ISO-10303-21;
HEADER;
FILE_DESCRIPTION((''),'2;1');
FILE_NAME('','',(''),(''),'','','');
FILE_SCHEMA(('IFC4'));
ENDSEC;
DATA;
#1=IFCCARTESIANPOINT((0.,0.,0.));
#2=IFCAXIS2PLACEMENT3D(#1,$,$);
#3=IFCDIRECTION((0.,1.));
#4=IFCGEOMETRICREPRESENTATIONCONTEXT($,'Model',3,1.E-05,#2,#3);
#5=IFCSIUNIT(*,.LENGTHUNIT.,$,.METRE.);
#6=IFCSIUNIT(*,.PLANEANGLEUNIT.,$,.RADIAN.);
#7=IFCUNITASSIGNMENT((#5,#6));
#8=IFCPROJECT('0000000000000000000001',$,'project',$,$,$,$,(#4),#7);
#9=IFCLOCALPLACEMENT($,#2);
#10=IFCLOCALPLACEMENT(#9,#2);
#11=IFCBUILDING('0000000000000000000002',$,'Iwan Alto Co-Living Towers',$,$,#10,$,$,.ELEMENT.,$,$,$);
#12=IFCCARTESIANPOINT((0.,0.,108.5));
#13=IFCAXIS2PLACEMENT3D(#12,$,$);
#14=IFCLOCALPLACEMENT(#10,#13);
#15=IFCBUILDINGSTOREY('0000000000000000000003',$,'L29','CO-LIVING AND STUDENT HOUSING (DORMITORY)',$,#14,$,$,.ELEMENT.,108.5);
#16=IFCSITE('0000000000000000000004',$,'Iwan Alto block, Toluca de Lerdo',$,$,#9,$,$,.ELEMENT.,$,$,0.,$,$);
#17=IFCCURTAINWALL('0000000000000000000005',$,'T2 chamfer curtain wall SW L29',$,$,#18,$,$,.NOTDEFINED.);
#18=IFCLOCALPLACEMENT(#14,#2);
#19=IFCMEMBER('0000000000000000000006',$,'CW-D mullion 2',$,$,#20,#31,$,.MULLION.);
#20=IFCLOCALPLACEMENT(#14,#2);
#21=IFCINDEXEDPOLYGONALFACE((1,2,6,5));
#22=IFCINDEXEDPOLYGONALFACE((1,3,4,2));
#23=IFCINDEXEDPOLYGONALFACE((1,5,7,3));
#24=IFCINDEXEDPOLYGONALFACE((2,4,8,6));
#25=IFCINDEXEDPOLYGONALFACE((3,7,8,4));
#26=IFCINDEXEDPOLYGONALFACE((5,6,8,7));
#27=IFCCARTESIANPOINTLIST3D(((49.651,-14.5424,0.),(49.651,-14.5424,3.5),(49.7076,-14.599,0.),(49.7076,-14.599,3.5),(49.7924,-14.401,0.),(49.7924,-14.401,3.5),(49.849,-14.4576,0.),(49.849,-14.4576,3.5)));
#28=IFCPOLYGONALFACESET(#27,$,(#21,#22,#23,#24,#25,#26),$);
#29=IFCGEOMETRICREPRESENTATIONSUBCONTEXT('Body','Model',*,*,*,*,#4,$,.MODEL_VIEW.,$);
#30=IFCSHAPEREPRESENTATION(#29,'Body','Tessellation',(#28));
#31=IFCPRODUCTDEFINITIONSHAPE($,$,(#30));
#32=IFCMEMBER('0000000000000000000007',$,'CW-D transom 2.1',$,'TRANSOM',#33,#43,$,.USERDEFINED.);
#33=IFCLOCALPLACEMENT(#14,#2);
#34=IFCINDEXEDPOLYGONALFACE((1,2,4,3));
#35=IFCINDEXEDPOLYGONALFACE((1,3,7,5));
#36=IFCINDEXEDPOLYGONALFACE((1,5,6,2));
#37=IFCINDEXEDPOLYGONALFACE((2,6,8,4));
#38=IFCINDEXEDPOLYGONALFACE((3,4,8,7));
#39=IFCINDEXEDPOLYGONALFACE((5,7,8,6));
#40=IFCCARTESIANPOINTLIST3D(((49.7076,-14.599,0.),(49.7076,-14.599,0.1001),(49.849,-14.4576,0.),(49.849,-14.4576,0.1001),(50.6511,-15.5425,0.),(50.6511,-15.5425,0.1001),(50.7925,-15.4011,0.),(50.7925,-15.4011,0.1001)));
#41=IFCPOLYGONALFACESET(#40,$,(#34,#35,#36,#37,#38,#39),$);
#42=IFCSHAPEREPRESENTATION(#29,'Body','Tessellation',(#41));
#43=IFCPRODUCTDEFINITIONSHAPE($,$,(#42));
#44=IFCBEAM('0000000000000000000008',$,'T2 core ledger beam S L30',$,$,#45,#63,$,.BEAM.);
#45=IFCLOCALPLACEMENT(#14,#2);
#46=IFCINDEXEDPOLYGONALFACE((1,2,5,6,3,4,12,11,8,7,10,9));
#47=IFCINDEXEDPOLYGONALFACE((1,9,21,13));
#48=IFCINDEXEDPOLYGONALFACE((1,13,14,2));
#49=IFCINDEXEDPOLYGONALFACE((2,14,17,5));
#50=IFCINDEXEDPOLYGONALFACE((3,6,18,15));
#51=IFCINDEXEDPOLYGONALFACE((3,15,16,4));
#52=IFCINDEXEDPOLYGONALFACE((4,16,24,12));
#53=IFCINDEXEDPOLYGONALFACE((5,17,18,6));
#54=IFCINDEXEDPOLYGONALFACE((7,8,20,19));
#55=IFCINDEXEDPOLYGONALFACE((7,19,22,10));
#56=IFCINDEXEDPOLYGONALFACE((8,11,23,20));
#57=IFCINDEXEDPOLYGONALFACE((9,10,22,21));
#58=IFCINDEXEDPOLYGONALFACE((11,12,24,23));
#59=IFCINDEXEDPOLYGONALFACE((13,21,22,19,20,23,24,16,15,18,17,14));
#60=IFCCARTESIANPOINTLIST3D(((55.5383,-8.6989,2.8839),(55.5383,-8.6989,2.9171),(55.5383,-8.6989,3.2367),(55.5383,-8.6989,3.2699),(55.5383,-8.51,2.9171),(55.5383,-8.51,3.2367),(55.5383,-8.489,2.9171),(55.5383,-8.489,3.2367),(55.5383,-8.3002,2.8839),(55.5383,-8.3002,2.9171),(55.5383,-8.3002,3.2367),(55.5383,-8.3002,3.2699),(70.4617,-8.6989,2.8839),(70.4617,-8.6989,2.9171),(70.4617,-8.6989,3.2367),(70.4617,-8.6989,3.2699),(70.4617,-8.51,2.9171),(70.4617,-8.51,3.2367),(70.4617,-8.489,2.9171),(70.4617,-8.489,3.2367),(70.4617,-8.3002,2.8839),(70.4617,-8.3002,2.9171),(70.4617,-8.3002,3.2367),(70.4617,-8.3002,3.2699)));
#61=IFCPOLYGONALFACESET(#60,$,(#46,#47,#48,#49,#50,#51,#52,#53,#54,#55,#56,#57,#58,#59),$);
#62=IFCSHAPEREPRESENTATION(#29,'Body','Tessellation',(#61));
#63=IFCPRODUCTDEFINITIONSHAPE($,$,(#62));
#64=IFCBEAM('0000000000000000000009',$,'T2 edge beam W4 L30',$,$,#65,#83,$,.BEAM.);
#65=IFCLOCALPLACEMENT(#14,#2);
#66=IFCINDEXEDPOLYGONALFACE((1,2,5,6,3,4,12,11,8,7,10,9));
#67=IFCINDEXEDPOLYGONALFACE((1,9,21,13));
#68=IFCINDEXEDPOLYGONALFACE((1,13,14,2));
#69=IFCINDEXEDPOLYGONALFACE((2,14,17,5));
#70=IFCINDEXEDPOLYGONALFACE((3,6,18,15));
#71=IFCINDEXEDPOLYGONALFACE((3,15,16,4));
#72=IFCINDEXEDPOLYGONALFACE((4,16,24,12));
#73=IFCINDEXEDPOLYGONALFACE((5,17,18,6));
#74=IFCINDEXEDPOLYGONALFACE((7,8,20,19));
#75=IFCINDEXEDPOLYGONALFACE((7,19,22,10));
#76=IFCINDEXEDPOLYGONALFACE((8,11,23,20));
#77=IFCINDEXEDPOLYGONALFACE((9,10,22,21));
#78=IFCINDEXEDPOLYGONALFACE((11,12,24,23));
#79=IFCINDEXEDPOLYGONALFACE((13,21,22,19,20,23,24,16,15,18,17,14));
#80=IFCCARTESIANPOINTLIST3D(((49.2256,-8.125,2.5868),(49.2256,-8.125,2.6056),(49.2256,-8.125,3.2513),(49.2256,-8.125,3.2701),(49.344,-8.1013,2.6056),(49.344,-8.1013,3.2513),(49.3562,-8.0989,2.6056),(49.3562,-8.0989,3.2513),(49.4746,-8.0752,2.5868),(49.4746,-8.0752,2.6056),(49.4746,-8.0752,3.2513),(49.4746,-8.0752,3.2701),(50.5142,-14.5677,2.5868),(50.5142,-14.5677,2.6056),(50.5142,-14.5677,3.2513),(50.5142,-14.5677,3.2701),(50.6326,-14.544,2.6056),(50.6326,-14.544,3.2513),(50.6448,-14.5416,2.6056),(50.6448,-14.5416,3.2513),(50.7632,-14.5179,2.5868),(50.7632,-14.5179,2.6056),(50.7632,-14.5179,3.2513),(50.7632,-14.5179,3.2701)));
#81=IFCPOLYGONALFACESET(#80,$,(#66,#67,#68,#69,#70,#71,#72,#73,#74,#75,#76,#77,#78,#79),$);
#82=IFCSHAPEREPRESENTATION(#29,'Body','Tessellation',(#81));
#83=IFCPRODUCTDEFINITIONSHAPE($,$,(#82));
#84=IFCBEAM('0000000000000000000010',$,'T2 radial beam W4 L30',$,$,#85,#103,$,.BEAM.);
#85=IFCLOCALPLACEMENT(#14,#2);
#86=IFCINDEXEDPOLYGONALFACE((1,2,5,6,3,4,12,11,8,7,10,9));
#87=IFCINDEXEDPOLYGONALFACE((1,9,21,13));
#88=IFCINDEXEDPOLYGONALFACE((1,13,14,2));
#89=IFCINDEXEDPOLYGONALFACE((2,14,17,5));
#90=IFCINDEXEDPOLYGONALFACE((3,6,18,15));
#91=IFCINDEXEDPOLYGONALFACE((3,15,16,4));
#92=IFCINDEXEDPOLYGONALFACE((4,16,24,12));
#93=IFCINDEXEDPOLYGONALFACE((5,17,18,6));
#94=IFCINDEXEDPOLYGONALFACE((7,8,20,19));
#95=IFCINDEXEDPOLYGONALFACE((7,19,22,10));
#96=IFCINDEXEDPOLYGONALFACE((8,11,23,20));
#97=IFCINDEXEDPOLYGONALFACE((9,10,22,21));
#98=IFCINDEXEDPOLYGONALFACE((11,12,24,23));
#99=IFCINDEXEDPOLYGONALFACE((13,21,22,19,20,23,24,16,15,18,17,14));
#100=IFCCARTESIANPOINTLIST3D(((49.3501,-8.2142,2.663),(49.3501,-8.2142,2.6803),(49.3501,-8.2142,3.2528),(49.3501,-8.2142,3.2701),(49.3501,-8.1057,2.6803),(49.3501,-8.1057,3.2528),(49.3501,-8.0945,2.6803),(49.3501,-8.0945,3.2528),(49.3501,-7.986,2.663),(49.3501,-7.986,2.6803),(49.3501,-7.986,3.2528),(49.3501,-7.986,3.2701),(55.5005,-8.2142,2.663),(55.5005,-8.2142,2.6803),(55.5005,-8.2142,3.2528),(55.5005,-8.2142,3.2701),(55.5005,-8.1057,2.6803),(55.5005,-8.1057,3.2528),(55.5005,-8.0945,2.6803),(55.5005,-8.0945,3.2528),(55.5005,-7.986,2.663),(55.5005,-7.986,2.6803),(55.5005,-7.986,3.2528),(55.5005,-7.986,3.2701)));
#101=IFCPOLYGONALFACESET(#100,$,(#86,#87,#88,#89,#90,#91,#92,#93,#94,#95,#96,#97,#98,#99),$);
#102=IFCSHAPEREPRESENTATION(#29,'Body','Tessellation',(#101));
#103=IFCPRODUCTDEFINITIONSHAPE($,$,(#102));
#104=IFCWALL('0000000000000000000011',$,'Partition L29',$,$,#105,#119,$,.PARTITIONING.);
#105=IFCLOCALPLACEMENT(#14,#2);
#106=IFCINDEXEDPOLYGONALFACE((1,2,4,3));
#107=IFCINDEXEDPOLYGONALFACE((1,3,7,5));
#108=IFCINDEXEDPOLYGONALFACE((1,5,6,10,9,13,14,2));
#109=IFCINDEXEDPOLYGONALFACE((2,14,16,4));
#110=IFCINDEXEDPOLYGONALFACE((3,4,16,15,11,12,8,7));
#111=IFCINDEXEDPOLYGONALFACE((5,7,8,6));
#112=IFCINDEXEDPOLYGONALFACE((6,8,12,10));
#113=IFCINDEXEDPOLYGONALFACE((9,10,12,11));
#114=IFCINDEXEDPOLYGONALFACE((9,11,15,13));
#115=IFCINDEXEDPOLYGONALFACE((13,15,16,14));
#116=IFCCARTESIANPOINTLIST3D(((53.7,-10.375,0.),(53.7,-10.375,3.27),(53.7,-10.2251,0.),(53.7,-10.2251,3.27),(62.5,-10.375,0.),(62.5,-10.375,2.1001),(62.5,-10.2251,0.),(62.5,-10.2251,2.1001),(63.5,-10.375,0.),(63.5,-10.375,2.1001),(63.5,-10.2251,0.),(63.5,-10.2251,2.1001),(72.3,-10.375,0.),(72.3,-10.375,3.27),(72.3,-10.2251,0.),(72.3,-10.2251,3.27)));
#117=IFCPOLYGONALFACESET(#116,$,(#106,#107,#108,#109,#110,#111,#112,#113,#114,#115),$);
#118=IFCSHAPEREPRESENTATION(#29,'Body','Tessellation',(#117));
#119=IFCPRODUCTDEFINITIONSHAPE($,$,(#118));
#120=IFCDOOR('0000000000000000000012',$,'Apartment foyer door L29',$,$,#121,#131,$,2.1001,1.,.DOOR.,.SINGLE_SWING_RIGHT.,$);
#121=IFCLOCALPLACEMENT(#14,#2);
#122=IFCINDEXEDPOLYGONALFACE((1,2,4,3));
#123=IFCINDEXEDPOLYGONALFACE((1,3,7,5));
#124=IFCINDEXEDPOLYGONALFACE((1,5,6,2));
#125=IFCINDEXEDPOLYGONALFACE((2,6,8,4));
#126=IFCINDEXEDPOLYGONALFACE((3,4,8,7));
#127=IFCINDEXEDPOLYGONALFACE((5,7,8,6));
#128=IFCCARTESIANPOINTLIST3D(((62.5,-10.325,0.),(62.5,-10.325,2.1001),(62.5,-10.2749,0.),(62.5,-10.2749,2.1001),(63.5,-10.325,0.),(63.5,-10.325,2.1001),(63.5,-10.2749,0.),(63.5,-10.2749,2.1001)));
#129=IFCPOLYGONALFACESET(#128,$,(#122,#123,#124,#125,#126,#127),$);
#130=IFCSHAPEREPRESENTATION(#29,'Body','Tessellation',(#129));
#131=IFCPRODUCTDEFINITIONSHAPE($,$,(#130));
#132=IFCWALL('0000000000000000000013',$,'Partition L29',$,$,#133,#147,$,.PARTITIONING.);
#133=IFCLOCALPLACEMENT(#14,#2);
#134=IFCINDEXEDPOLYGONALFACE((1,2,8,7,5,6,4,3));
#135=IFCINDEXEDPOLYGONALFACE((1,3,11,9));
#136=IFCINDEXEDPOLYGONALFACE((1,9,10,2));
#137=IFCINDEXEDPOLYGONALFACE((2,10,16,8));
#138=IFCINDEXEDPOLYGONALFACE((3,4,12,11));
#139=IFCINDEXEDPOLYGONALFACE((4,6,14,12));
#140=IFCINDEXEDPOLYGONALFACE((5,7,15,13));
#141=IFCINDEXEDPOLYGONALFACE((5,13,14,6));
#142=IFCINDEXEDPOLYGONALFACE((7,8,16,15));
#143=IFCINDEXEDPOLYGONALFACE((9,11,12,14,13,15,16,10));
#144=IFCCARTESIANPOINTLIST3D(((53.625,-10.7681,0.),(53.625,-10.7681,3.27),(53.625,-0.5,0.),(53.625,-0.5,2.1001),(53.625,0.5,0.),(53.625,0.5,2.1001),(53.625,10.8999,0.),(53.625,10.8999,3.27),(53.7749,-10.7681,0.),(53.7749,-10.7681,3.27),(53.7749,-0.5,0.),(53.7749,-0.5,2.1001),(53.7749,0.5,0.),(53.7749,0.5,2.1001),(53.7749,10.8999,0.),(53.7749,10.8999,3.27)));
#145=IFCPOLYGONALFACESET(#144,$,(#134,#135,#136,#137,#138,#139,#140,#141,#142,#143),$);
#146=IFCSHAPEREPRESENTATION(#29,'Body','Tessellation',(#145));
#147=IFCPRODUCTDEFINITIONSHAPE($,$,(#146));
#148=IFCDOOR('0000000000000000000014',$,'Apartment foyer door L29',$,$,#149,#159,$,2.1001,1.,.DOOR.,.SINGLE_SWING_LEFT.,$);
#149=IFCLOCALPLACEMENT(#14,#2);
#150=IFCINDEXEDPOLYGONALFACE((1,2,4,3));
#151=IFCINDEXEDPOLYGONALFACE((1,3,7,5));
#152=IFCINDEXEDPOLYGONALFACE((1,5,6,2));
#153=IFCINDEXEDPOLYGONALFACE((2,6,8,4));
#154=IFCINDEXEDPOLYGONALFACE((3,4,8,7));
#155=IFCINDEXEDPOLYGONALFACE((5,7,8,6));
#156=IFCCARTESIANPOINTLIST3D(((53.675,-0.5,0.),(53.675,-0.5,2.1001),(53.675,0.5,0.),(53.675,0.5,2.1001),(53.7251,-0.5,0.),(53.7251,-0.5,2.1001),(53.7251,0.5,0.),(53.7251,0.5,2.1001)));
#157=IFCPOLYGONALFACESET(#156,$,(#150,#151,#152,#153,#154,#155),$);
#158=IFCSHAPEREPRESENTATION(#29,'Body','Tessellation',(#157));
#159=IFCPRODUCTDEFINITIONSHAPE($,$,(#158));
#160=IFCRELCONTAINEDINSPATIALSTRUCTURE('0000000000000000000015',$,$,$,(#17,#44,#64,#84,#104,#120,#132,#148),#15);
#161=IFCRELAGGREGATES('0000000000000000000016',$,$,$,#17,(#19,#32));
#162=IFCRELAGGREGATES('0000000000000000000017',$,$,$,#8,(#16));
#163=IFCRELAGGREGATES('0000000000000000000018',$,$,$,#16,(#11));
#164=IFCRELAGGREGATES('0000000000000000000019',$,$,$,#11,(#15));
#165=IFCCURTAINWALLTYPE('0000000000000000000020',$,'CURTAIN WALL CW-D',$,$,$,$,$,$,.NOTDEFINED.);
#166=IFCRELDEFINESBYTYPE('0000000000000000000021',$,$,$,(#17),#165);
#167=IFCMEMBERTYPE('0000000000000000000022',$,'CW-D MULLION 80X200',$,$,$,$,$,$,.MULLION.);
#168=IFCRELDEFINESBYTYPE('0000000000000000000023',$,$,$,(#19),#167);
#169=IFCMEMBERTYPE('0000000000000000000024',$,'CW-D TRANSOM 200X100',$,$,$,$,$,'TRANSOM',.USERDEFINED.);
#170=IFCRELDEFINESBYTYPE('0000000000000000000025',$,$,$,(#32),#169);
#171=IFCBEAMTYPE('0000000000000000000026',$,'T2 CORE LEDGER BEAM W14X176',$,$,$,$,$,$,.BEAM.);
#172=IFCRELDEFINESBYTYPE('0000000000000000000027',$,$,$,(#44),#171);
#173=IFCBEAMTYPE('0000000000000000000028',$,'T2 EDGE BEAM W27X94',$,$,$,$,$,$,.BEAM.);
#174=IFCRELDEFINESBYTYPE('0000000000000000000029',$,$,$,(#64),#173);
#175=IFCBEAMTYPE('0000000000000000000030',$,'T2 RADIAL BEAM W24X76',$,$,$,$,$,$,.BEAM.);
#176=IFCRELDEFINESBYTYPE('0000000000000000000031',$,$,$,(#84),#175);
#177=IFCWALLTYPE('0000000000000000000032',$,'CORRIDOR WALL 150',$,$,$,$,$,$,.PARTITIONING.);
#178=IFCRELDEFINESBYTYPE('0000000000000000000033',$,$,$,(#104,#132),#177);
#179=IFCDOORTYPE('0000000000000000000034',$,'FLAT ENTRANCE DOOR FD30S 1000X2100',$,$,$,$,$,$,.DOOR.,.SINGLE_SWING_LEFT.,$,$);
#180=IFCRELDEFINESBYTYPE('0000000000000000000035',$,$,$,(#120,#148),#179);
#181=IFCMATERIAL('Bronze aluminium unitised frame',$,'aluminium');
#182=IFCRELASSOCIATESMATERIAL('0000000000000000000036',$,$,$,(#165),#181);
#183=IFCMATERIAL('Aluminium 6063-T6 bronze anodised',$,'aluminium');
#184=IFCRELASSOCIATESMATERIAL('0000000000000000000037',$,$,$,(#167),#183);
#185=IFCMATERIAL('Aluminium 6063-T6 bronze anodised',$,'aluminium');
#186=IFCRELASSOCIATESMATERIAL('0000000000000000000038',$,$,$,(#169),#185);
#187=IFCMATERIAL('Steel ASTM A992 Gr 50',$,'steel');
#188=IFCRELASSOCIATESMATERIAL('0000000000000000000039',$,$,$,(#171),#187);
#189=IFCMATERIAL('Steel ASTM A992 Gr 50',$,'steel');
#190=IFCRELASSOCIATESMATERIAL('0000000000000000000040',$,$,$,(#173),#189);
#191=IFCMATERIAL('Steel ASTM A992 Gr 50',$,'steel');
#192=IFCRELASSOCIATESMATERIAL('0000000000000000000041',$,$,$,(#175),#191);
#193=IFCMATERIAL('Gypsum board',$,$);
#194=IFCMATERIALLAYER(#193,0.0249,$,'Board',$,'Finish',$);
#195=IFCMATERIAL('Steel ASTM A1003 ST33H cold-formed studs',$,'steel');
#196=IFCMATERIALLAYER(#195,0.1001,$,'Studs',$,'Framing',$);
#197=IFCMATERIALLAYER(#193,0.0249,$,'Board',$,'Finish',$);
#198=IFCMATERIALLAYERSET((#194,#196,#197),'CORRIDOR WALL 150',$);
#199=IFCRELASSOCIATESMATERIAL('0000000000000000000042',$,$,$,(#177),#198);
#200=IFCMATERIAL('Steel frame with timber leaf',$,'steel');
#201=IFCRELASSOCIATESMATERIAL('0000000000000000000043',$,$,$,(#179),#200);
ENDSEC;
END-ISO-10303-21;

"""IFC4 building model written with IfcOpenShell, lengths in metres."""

from ifc_helpers import new_model, si_unit, direction, frame, frame_2d, origin, origin_2d, place, context, subcontext, project, spatial, rectangle, i_section, extrude, material, layer, layer_set, material_profile, profile_set, type_object, element, fill, aggregate, save


model = new_model("IFC4")

# Units and contexts
model_context = context("Model", 3, precision=1e-05, world=origin(), true_north=direction((0.0, 1.0)))
body_context = subcontext(model_context, "Body", "Model", "MODEL_VIEW")
ifc_project = project(units=[si_unit("LENGTHUNIT", "METRE"), si_unit("PLANEANGLEUNIT", "RADIAN")], contexts=[model_context])

# Site, building, storey
site_placement = place(None, origin())
site = spatial("IfcSite", under=ifc_project, at=site_placement, Name="Iwan Alto block, Toluca de Lerdo", CompositionType="ELEMENT", RefElevation=0.0)
building_placement = place(site_placement, origin())
building = spatial("IfcBuilding", under=site, at=building_placement, Name="Iwan Alto Co-Living Towers", CompositionType="ELEMENT")
storey_placement = place(building_placement, frame((0.0, 0.0, 108.5)))
storey = spatial("IfcBuildingStorey", under=building, at=storey_placement, Name="L29", Description="CO-LIVING AND STUDENT HOUSING (DORMITORY)", CompositionType="ELEMENT", Elevation=108.5)

# Curtain wall, members
ifc_material_1 = material(Name="Bronze aluminium unitised frame", Category="aluminium")
curtain_wall_type = type_object("IfcCurtainWallType", Name="CURTAIN WALL CW-D", PredefinedType="NOTDEFINED", material=ifc_material_1)
curtain_wall_placement = place(storey_placement, origin())
curtain_wall = element("IfcCurtainWall", 1, at=curtain_wall_placement, inside=storey, type_object=curtain_wall_type, Name="T2 chamfer curtain wall SW L29", PredefinedType="NOTDEFINED")
ifc_material_2 = material(Name="Aluminium 6063-T6 bronze anodised", Category="aluminium")
ifc_material_profile_1 = material_profile(ifc_material_2, rectangle(XDim=0.2, YDim=0.0801, at=origin_2d()), Name="AL 80X200")
ifc_profile_set_1 = profile_set([ifc_material_profile_1], Name="Aluminium 6063-T6 bronze anodised")
member_type_1 = type_object("IfcMemberType", Name="CW-D MULLION 80X200", PredefinedType="MULLION", material=ifc_profile_set_1)
member_1_placement = place(storey_placement, frame((49.75, -14.5, 0.0), z_axis=(0.0, 0.0, 1.0), x_axis=(0.707107, 0.707107, 0.0)))
member_1 = element("IfcMember", 2, at=member_1_placement, type_object=member_type_1, Name="CW-D mullion 2", PredefinedType="MULLION", context=body_context, shape_type="SweptSolid", body=[
    extrude(rectangle(XDim=0.2, YDim=0.0801, at=origin_2d()), origin(), (0.0, 0.0, 1.0), 3.5),
])
ifc_material_3 = material(Name="Aluminium 6063-T6 bronze anodised", Category="aluminium")
ifc_material_profile_2 = material_profile(ifc_material_3, rectangle(XDim=0.2, YDim=0.1001, at=origin_2d()), Name="AL 200X100")
ifc_profile_set_2 = profile_set([ifc_material_profile_2], Name="Aluminium 6063-T6 bronze anodised")
member_type_2 = type_object("IfcMemberType", Name="CW-D TRANSOM 200X100", ElementType="TRANSOM", PredefinedType="USERDEFINED", material=ifc_profile_set_2)
member_2_placement = place(storey_placement, frame((49.7783, -14.5283, 0.05), z_axis=(0.707107, -0.707107, 0.0), x_axis=(0.707107, 0.707107, 0.0)))
member_2 = element("IfcMember", 3, at=member_2_placement, type_object=member_type_2, Name="CW-D transom 2.1", ObjectType="TRANSOM", PredefinedType="USERDEFINED", context=body_context, shape_type="SweptSolid", body=[
    extrude(rectangle(XDim=0.2, YDim=0.1001, at=origin_2d()), origin(), (0.0, 0.0, 1.0), 1.3342),
])
aggregate(curtain_wall, [member_1, member_2])

# Beams
ifc_material_4 = material(Name="Steel ASTM A992 Gr 50", Category="steel")
ifc_material_profile_3 = material_profile(ifc_material_4, i_section(OverallWidth=0.3987, OverallDepth=0.386, WebThickness=0.021, FlangeThickness=0.0332, at=origin_2d()), Name="W14X176")
ifc_profile_set_3 = profile_set([ifc_material_profile_3], Name="Steel ASTM A992 Gr 50")
beam_type_1 = type_object("IfcBeamType", Name="T2 CORE LEDGER BEAM W14X176", PredefinedType="BEAM", material=ifc_profile_set_3)
beam_1_placement = place(storey_placement, frame((55.5383, -8.4995, 3.0769), z_axis=(1.0, 0.0, 0.0), x_axis=(0.0, 1.0, 0.0)))
element("IfcBeam", 4, at=beam_1_placement, inside=storey, type_object=beam_type_1, Name="T2 core ledger beam S L30", PredefinedType="BEAM", context=body_context, shape_type="SweptSolid", body=[
    extrude(i_section(OverallWidth=0.3987, OverallDepth=0.386, WebThickness=0.021, FlangeThickness=0.0332, at=origin_2d()), origin(), (0.0, 0.0, 1.0), 14.9233),
])
ifc_material_5 = material(Name="Steel ASTM A992 Gr 50", Category="steel")
ifc_material_profile_4 = material_profile(ifc_material_5, i_section(OverallWidth=0.2539, OverallDepth=0.6833, WebThickness=0.0125, FlangeThickness=0.0188, at=origin_2d()), Name="W27X94")
ifc_profile_set_4 = profile_set([ifc_material_profile_4], Name="Steel ASTM A992 Gr 50")
beam_type_2 = type_object("IfcBeamType", Name="T2 EDGE BEAM W27X94", PredefinedType="BEAM", material=ifc_profile_set_4)
beam_2_placement = place(storey_placement, frame((49.3501, -8.1001, 2.9285), z_axis=(0.196123, -0.980579, 0.0), x_axis=(0.980579, 0.196123, 0.0)))
element("IfcBeam", 5, at=beam_2_placement, inside=storey, type_object=beam_type_2, Name="T2 edge beam W4 L30", PredefinedType="BEAM", context=body_context, shape_type="SweptSolid", body=[
    extrude(i_section(OverallWidth=0.2539, OverallDepth=0.6833, WebThickness=0.0125, FlangeThickness=0.0188, at=origin_2d()), origin(), (0.0, 0.0, 1.0), 6.5703),
])
ifc_material_6 = material(Name="Steel ASTM A992 Gr 50", Category="steel")
ifc_material_profile_5 = material_profile(ifc_material_6, i_section(OverallWidth=0.2283, OverallDepth=0.6072, WebThickness=0.0112, FlangeThickness=0.0173, at=origin_2d()), Name="W24X76")
ifc_profile_set_5 = profile_set([ifc_material_profile_5], Name="Steel ASTM A992 Gr 50")
beam_type_3 = type_object("IfcBeamType", Name="T2 RADIAL BEAM W24X76", PredefinedType="BEAM", material=ifc_profile_set_5)
beam_3_placement = place(storey_placement, frame((49.3501, -8.1001, 2.9666), z_axis=(1.0, 0.0, 0.0), x_axis=(0.0, 1.0, 0.0)))
element("IfcBeam", 6, at=beam_3_placement, inside=storey, type_object=beam_type_3, Name="T2 radial beam W4 L30", PredefinedType="BEAM", context=body_context, shape_type="SweptSolid", body=[
    extrude(i_section(OverallWidth=0.2283, OverallDepth=0.6072, WebThickness=0.0112, FlangeThickness=0.0173, at=origin_2d()), origin(), (0.0, 0.0, 1.0), 6.1504),
])

# Walls, openings, doors
ifc_material_7 = material(Name="Gypsum board")
ifc_layer_1 = layer(ifc_material_7, 0.0249, Name="Board", Category="Finish")
ifc_material_8 = material(Name="Steel ASTM A1003 ST33H cold-formed studs", Category="steel")
ifc_layer_2 = layer(ifc_material_8, 0.1001, Name="Studs", Category="Framing")
ifc_layer_3 = layer(ifc_material_7, 0.0249, Name="Board", Category="Finish")
ifc_layer_set_1 = layer_set([ifc_layer_1, ifc_layer_2, ifc_layer_3], Name="CORRIDOR WALL 150")
wall_type_1 = type_object("IfcWallType", Name="CORRIDOR WALL 150", PredefinedType="PARTITIONING", material=ifc_layer_set_1)
wall_1_placement = place(storey_placement, frame((53.7, -10.3, 0.0), z_axis=(0.0, 0.0, 1.0), x_axis=(1.0, 0.0, 0.0)))
wall_1 = element("IfcWall", 7, at=wall_1_placement, inside=storey, type_object=wall_type_1, Name="Partition L29", PredefinedType="PARTITIONING", context=body_context, shape_type="SweptSolid", body=[
    extrude(rectangle(XDim=18.6001, YDim=0.1499, at=frame_2d((9.3, 0.0))), origin(), (0.0, 0.0, 1.0), 3.27),
])
opening_1_placement = place(wall_1_placement, frame((8.8, 0.0, 0.0)))
opening_1 = element("IfcOpeningElement", 8, at=opening_1_placement, cuts=wall_1, PredefinedType="OPENING", context=body_context, shape_type="SweptSolid", body=[
    extrude(rectangle(XDim=1.0, YDim=2.1001, at=frame_2d((0.5, 1.05))), frame((0.0, 0.085, 0.0), z_axis=(0.0, -1.0, 0.0), x_axis=(1.0, 0.0, 0.0)), (0.0, 0.0, 1.0), 0.1699),
])
ifc_material_9 = material(Name="Steel frame with timber leaf", Category="steel")
door_type_1 = type_object("IfcDoorType", Name="FLAT ENTRANCE DOOR FD30S 1000X2100", OperationType="SINGLE_SWING_LEFT", PredefinedType="DOOR", material=ifc_material_9)
door_1_placement = place(opening_1_placement, frame((1.0, 0.0, 0.0), z_axis=(0.0, 0.0, 1.0), x_axis=(-1.0, 0.0, 0.0)))
door_1 = element("IfcDoor", 9, at=door_1_placement, inside=storey, type_object=door_type_1, Name="Apartment foyer door L29", OperationType="SINGLE_SWING_RIGHT", OverallHeight=2.1001, OverallWidth=1.0, PredefinedType="DOOR", context=body_context, shape_type="SweptSolid", body=[
    extrude(rectangle(XDim=1.0, YDim=2.1001, at=frame_2d((0.5, 1.05))), frame((0.0, 0.0249, 0.0), z_axis=(0.0, -1.0, 0.0), x_axis=(1.0, 0.0, 0.0)), (0.0, 0.0, 1.0), 0.05),
])
fill(opening_1, door_1)
wall_2_placement = place(storey_placement, frame((53.7, -10.7681, 0.0), z_axis=(0.0, 0.0, 1.0), x_axis=(0.0, 1.0, 0.0)))
wall_2 = element("IfcWall", 10, at=wall_2_placement, inside=storey, type_object=wall_type_1, Name="Partition L29", PredefinedType="PARTITIONING", context=body_context, shape_type="SweptSolid", body=[
    extrude(rectangle(XDim=21.668, YDim=0.1499, at=frame_2d((10.834, 0.0))), origin(), (0.0, 0.0, 1.0), 3.27),
])
opening_2_placement = place(wall_2_placement, frame((10.2681, 0.0, 0.0)))
opening_2 = element("IfcOpeningElement", 11, at=opening_2_placement, cuts=wall_2, PredefinedType="OPENING", context=body_context, shape_type="SweptSolid", body=[
    extrude(rectangle(XDim=1.0, YDim=2.1001, at=frame_2d((0.5, 1.05))), frame((0.0, 0.085, 0.0), z_axis=(0.0, -1.0, 0.0), x_axis=(1.0, 0.0, 0.0)), (0.0, 0.0, 1.0), 0.1699),
])
door_2_placement = place(opening_2_placement, origin())
door_2 = element("IfcDoor", 12, at=door_2_placement, inside=storey, type_object=door_type_1, Name="Apartment foyer door L29", OperationType="SINGLE_SWING_LEFT", OverallHeight=2.1001, OverallWidth=1.0, PredefinedType="DOOR", context=body_context, shape_type="SweptSolid", body=[
    extrude(rectangle(XDim=1.0, YDim=2.1001, at=frame_2d((0.5, 1.05))), frame((0.0, 0.0249, 0.0), z_axis=(0.0, -1.0, 0.0), x_axis=(1.0, 0.0, 0.0)), (0.0, 0.0, 1.0), 0.05),
])
fill(opening_2, door_2)

save(model, "model.ifc")
